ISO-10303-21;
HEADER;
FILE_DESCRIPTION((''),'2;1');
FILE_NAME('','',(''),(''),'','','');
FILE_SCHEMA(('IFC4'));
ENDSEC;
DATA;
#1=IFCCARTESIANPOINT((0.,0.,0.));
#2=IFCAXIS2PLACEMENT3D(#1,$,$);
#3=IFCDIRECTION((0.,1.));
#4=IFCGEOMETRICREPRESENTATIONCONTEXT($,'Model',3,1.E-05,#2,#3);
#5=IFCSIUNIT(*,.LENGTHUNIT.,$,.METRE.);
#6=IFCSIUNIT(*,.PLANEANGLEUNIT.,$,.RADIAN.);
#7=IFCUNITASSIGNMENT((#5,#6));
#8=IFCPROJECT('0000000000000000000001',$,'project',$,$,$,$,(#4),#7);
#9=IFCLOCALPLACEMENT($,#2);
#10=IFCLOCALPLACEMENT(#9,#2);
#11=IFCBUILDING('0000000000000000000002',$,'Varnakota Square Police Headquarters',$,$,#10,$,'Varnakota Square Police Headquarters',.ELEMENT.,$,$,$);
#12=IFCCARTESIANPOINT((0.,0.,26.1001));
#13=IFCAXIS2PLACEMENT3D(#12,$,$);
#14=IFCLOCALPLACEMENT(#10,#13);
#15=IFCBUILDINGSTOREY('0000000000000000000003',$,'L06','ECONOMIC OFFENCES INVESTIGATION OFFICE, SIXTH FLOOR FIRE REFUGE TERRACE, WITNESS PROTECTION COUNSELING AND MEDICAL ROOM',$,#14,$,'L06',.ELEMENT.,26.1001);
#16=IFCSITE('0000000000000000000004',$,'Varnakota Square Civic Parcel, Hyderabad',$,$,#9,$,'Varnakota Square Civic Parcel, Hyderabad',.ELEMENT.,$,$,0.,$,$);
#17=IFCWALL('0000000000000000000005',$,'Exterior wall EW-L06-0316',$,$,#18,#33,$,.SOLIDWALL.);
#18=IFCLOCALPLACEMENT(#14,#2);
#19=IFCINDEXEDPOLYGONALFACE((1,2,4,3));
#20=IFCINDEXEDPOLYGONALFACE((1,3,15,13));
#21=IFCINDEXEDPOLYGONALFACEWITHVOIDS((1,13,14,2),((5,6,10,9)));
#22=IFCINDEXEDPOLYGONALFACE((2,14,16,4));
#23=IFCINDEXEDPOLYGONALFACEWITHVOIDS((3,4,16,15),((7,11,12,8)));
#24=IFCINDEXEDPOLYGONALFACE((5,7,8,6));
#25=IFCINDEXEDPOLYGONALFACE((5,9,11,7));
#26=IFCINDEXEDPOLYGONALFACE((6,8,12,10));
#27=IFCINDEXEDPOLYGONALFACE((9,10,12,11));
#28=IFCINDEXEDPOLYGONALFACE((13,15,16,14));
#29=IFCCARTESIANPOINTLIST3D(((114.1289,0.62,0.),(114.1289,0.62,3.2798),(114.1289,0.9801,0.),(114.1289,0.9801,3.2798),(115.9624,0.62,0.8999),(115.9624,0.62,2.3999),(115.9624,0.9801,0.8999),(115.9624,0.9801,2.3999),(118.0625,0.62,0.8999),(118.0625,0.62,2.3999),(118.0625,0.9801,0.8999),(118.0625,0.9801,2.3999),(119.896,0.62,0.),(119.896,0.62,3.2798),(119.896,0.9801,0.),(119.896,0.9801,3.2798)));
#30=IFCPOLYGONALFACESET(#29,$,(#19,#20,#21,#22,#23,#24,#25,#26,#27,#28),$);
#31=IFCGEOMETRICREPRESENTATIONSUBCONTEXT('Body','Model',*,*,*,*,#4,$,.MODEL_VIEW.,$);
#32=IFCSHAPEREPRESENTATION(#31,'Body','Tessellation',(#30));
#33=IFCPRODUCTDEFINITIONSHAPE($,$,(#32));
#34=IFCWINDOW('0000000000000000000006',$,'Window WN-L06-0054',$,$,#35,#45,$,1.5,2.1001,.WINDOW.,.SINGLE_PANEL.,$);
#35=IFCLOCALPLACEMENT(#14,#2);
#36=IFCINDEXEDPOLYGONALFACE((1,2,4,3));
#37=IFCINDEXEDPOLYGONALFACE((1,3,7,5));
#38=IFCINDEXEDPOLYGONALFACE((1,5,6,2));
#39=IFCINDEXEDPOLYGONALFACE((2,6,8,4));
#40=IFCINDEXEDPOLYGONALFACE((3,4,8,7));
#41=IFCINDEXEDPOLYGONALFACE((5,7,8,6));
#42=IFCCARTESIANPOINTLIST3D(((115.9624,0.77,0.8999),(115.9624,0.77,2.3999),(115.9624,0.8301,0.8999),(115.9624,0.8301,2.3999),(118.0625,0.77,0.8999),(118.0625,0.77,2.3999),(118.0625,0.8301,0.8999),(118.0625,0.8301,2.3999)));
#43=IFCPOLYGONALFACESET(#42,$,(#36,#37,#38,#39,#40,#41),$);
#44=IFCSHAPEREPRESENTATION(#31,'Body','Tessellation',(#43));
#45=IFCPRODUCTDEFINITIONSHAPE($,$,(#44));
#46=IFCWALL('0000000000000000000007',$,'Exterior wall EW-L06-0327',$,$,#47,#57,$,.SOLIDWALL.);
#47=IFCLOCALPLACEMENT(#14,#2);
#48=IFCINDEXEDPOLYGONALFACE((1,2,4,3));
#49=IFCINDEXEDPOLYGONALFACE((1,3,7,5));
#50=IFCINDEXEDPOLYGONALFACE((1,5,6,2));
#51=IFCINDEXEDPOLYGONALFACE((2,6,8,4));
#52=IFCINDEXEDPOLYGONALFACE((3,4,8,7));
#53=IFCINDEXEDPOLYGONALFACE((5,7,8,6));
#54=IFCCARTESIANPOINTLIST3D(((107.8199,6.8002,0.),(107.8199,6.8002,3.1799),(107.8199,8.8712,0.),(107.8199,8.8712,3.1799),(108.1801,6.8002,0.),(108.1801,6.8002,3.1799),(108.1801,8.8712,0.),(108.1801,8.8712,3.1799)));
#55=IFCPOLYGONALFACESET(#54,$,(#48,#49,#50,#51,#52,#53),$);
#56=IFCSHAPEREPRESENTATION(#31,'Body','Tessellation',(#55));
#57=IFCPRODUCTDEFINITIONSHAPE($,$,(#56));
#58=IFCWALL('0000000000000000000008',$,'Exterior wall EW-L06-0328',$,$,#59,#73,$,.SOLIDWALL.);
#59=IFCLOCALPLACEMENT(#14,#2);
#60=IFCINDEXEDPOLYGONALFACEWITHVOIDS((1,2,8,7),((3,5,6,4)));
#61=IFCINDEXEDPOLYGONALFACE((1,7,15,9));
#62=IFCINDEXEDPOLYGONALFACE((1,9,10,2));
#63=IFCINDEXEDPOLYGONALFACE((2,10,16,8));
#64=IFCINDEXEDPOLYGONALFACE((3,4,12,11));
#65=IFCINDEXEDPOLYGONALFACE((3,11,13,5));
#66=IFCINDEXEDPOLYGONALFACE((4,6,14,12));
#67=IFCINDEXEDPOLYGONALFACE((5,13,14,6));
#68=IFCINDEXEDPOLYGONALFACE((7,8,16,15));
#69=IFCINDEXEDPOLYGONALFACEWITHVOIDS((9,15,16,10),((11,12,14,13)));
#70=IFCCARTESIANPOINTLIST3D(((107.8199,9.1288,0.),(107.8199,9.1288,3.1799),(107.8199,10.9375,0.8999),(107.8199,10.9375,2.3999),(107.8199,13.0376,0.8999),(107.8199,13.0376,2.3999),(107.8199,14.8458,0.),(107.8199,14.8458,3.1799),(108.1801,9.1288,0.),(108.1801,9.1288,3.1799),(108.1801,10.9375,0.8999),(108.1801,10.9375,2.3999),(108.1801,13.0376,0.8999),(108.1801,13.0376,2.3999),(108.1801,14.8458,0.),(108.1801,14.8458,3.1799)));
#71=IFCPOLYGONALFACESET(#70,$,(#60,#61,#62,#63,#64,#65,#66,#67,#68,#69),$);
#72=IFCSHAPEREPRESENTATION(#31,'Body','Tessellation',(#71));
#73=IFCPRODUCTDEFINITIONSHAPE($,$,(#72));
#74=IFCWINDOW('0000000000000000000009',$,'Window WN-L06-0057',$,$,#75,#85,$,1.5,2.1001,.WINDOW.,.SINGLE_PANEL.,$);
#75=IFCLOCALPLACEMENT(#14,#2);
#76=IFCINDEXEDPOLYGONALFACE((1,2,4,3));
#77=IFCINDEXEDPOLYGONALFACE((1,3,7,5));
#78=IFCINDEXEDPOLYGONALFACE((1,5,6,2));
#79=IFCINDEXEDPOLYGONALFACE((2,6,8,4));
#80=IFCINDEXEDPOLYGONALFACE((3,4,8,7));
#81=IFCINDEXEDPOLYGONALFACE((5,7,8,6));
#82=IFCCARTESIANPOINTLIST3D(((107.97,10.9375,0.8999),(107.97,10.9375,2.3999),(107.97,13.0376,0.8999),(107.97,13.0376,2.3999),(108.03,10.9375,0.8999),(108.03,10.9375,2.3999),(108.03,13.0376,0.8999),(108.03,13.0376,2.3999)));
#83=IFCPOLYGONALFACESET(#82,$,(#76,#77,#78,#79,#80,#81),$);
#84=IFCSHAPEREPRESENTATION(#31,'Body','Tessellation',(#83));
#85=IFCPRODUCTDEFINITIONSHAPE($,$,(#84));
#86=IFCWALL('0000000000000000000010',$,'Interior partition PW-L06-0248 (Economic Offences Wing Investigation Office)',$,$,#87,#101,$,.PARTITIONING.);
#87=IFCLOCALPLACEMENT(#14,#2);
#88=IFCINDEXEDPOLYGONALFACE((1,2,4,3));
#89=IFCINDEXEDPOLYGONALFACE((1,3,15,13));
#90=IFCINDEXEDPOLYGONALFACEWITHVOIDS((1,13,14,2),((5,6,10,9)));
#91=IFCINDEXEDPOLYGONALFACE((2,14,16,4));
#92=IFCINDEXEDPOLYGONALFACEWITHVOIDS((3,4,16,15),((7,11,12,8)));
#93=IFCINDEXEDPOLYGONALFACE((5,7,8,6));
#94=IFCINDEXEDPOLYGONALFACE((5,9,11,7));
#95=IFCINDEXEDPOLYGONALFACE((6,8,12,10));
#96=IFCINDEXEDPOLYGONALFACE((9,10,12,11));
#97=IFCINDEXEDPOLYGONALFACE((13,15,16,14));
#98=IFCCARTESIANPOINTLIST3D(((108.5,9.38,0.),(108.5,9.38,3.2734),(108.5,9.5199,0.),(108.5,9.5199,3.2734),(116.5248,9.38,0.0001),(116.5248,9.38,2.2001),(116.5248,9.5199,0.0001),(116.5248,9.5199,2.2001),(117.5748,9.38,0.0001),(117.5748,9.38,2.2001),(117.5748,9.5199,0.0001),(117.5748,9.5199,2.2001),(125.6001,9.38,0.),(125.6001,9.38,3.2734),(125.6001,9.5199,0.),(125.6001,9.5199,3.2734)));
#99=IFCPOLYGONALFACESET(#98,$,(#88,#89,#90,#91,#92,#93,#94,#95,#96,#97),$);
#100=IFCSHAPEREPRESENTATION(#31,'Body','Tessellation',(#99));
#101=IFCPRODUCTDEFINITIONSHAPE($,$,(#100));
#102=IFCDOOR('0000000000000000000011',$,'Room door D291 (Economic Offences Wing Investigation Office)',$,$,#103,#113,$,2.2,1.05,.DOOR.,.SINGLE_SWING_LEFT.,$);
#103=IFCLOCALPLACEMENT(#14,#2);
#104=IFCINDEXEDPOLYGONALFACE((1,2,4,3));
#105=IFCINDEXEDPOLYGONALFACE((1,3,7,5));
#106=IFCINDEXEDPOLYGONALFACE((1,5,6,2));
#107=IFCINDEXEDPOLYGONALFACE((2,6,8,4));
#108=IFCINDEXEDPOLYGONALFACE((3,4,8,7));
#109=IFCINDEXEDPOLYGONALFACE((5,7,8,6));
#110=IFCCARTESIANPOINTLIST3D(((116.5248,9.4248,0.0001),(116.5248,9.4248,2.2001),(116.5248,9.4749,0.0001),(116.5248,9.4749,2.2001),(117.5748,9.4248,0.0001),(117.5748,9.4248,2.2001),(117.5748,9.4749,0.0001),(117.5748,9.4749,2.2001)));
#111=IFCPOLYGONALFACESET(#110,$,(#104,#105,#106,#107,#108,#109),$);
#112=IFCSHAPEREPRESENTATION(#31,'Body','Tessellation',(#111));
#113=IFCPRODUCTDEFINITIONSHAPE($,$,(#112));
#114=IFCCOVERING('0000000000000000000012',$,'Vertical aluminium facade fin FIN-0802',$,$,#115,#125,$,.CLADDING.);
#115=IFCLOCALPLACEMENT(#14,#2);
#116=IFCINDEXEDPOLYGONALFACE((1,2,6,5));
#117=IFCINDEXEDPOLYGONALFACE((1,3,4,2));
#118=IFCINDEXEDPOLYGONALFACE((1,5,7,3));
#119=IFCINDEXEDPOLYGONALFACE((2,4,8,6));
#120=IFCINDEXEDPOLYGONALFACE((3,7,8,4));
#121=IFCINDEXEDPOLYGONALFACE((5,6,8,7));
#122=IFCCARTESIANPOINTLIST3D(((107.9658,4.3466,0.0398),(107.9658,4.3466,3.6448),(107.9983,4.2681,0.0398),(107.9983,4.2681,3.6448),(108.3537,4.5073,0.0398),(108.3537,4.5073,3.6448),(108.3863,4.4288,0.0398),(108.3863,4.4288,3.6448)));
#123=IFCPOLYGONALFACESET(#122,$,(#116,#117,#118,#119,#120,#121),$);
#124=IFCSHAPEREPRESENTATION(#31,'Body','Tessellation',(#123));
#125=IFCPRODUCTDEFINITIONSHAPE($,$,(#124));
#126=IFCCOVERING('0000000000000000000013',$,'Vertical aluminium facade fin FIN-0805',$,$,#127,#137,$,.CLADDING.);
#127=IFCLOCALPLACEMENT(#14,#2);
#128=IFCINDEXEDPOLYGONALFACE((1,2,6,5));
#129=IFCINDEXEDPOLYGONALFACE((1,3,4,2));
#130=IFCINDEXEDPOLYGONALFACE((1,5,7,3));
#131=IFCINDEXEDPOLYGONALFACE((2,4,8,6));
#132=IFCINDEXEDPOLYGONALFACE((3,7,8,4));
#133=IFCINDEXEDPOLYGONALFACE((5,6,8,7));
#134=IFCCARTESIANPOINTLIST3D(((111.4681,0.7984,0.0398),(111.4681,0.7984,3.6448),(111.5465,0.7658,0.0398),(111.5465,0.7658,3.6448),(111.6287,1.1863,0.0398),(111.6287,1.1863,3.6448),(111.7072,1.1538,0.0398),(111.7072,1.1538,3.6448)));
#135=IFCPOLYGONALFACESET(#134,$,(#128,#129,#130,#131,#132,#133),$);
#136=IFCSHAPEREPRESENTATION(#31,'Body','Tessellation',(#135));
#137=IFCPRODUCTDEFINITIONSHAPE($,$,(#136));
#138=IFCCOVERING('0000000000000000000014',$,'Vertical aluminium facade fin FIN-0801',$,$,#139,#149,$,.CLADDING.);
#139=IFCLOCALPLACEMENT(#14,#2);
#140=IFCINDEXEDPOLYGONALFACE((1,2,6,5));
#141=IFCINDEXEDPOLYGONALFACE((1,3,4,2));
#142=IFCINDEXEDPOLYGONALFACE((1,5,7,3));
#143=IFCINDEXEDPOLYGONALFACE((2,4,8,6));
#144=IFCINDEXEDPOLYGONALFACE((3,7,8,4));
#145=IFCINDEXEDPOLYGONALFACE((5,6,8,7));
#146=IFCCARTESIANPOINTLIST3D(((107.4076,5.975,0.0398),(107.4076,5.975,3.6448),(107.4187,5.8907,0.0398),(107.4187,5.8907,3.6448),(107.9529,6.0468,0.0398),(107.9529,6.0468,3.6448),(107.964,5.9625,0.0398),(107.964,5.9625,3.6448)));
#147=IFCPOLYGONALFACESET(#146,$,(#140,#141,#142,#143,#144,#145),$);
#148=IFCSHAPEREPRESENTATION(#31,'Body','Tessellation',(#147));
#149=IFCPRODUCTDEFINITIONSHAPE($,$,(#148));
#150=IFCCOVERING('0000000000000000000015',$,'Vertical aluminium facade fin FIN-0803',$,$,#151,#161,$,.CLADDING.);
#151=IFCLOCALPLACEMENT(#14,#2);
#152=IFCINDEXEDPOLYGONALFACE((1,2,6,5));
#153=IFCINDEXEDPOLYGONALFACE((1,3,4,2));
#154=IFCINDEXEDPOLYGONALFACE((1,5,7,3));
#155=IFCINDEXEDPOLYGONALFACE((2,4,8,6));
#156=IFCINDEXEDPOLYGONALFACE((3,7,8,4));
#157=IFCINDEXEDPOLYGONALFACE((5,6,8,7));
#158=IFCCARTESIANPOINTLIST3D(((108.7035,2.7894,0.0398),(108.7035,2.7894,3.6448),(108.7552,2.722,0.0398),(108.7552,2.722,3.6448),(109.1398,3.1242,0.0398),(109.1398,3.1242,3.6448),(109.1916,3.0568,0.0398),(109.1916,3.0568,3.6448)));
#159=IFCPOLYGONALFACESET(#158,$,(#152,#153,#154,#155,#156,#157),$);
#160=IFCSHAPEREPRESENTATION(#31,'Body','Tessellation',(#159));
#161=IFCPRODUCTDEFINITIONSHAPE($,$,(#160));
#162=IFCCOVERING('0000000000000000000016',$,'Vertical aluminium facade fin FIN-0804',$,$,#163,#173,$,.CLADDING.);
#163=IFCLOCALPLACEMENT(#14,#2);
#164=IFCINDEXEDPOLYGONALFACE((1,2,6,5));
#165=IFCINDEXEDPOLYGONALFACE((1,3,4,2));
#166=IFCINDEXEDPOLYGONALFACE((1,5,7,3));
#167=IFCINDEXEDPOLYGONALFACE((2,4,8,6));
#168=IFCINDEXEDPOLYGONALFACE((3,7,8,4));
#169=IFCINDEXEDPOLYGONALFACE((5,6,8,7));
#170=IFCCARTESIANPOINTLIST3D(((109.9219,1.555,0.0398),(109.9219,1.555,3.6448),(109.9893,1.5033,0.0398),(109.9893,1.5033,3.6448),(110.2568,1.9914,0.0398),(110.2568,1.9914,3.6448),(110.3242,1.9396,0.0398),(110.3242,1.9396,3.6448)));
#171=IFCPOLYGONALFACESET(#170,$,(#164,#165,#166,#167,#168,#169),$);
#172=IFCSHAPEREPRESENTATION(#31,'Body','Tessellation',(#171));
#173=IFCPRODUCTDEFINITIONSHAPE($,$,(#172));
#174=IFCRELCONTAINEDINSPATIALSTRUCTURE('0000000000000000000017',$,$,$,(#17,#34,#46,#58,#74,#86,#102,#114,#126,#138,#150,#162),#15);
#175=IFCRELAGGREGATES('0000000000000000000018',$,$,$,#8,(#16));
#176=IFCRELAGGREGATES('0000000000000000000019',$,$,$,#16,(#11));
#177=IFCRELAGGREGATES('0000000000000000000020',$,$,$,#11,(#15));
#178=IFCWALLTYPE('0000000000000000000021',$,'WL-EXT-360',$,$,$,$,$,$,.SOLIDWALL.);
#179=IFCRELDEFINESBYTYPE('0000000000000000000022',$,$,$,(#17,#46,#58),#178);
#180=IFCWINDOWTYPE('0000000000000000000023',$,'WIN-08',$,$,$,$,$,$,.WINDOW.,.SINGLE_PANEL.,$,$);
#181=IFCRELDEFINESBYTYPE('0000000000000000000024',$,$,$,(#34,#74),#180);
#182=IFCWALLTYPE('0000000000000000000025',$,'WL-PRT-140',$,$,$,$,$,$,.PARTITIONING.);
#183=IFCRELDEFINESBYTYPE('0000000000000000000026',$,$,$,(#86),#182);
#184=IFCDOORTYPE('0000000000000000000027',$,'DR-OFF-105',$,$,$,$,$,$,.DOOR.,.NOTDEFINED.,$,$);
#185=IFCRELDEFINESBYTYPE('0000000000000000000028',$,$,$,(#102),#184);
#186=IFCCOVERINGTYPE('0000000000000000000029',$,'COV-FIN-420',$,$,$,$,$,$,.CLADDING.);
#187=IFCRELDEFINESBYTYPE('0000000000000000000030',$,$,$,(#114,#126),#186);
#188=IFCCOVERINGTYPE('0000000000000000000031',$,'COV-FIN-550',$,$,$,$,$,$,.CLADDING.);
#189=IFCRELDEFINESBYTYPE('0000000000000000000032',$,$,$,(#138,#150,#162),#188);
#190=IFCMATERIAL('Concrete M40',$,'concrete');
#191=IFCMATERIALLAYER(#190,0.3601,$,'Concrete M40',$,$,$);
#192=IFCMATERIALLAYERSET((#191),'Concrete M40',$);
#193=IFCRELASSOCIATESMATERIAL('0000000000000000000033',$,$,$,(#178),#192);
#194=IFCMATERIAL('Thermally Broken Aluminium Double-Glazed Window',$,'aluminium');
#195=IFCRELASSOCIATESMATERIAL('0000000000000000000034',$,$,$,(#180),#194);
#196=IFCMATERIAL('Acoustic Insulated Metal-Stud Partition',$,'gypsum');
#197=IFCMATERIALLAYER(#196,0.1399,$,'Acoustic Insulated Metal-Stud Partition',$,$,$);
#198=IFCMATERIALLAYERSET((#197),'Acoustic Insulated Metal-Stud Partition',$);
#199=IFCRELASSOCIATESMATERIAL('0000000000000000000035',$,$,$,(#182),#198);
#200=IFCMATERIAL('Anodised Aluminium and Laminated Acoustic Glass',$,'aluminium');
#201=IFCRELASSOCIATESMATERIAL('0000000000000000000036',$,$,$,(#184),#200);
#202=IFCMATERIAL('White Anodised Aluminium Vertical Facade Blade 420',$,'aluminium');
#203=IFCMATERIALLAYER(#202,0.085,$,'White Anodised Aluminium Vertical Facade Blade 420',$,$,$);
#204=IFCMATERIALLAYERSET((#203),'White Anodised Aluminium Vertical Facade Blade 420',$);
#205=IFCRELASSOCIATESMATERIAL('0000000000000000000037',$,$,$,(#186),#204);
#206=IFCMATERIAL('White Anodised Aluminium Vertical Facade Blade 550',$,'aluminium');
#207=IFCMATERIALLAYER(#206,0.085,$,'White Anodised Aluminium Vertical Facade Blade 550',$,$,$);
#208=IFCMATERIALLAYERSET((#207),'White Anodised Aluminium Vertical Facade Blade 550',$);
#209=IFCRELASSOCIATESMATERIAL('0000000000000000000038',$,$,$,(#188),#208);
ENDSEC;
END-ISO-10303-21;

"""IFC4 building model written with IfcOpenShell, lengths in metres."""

from ifc_helpers import new_model, si_unit, direction, frame, frame_2d, origin, origin_2d, place, context, subcontext, project, spatial, rectangle, extrude, material, layer, layer_set, type_object, element, fill, save


model = new_model("IFC4")

# Units and contexts
model_context = context("Model", 3, precision=1e-05, world=origin(), true_north=direction((0.0, 1.0)))
body_context = subcontext(model_context, "Body", "Model", "MODEL_VIEW")
ifc_project = project(units=[si_unit("LENGTHUNIT", "METRE"), si_unit("PLANEANGLEUNIT", "RADIAN")], contexts=[model_context])

# Site, building, storey
site_placement = place(None, origin())
site = spatial("IfcSite", under=ifc_project, at=site_placement, Name="Varnakota Square Civic Parcel, Hyderabad", LongName="Varnakota Square Civic Parcel, Hyderabad", CompositionType="ELEMENT", RefElevation=0.0)
building_placement = place(site_placement, origin())
building = spatial("IfcBuilding", under=site, at=building_placement, Name="Varnakota Square Police Headquarters", LongName="Varnakota Square Police Headquarters", CompositionType="ELEMENT")
storey_placement = place(building_placement, frame((0.0, 0.0, 26.1001)))
storey = spatial("IfcBuildingStorey", under=building, at=storey_placement, Name="L06", Description="ECONOMIC OFFENCES INVESTIGATION OFFICE, SIXTH FLOOR FIRE REFUGE TERRACE, WITNESS PROTECTION COUNSELING AND MEDICAL ROOM", LongName="L06", CompositionType="ELEMENT", Elevation=26.1001)

# Wall, opening, window
ifc_material_1 = material(Name="Concrete M40", Category="concrete")
ifc_layer_1 = layer(ifc_material_1, 0.3601, Name="Concrete M40")
ifc_layer_set_1 = layer_set([ifc_layer_1], Name="Concrete M40")
wall_type_1 = type_object("IfcWallType", Name="WL-EXT-360", PredefinedType="SOLIDWALL", material=ifc_layer_set_1)
wall_1_placement = place(storey_placement, frame((114.1289, 0.8, 0.0), z_axis=(0.0, 0.0, 1.0), x_axis=(1.0, 0.0, 0.0)))
wall_1 = element("IfcWall", 1, at=wall_1_placement, inside=storey, type_object=wall_type_1, Name="Exterior wall EW-L06-0316", PredefinedType="SOLIDWALL", context=body_context, shape_type="SweptSolid", body=[
    extrude(rectangle(XDim=5.7671, YDim=0.3601, at=frame_2d((2.8835, 0.0))), origin(), (0.0, 0.0, 1.0), 3.2798),
])
opening_1_placement = place(wall_1_placement, frame((1.8335, 0.0, 0.8999)))
opening_1 = element("IfcOpeningElement", 2, at=opening_1_placement, cuts=wall_1, PredefinedType="OPENING", context=body_context, shape_type="SweptSolid", body=[
    extrude(rectangle(XDim=2.1001, YDim=1.5, at=frame_2d((1.05, 0.75))), frame((0.0, 0.1899, 0.0), z_axis=(0.0, -1.0, 0.0), x_axis=(1.0, 0.0, 0.0)), (0.0, 0.0, 1.0), 0.3801),
])
ifc_material_2 = material(Name="Thermally Broken Aluminium Double-Glazed Window", Category="aluminium")
window_type = type_object("IfcWindowType", Name="WIN-08", PartitioningType="SINGLE_PANEL", PredefinedType="WINDOW", material=ifc_material_2)
window_1_placement = place(opening_1_placement, origin())
window_1 = element("IfcWindow", 3, at=window_1_placement, inside=storey, type_object=window_type, Name="Window WN-L06-0054", OverallHeight=1.5, OverallWidth=2.1001, PartitioningType="SINGLE_PANEL", PredefinedType="WINDOW", context=body_context, shape_type="SweptSolid", body=[
    extrude(rectangle(XDim=2.1001, YDim=1.5, at=frame_2d((1.05, 0.75))), frame((0.0, 0.03, 0.0), z_axis=(0.0, -1.0, 0.0), x_axis=(1.0, 0.0, 0.0)), (0.0, 0.0, 1.0), 0.0601),
])
fill(opening_1, window_1)

# Wall
wall_2_placement = place(storey_placement, frame((108.0, 6.8, 0.0), z_axis=(0.0, 0.0, 1.0), x_axis=(0.0, 1.0, 0.0)))
element("IfcWall", 4, at=wall_2_placement, inside=storey, type_object=wall_type_1, Name="Exterior wall EW-L06-0327", PredefinedType="SOLIDWALL", context=body_context, shape_type="SweptSolid", body=[
    extrude(rectangle(XDim=2.071, YDim=0.3601, at=frame_2d((1.0356, 0.0))), origin(), (0.0, 0.0, 1.0), 3.1799),
])

# Wall, opening, window
wall_3_placement = place(storey_placement, frame((108.0, 9.1289, 0.0), z_axis=(0.0, 0.0, 1.0), x_axis=(0.0, 1.0, 0.0)))
wall_3 = element("IfcWall", 5, at=wall_3_placement, inside=storey, type_object=wall_type_1, Name="Exterior wall EW-L06-0328", PredefinedType="SOLIDWALL", context=body_context, shape_type="SweptSolid", body=[
    extrude(rectangle(XDim=5.717, YDim=0.3601, at=frame_2d((2.8584, 0.0))), origin(), (0.0, 0.0, 1.0), 3.1799),
])
opening_2_placement = place(wall_3_placement, frame((1.8086, 0.0, 0.8999)))
opening_2 = element("IfcOpeningElement", 6, at=opening_2_placement, cuts=wall_3, PredefinedType="OPENING", context=body_context, shape_type="SweptSolid", body=[
    extrude(rectangle(XDim=2.1001, YDim=1.5, at=frame_2d((1.05, 0.75))), frame((0.0, 0.1899, 0.0), z_axis=(0.0, -1.0, 0.0), x_axis=(1.0, 0.0, 0.0)), (0.0, 0.0, 1.0), 0.3801),
])
window_2_placement = place(opening_2_placement, origin())
window_2 = element("IfcWindow", 7, at=window_2_placement, inside=storey, type_object=window_type, Name="Window WN-L06-0057", OverallHeight=1.5, OverallWidth=2.1001, PartitioningType="SINGLE_PANEL", PredefinedType="WINDOW", context=body_context, shape_type="SweptSolid", body=[
    extrude(rectangle(XDim=2.1001, YDim=1.5, at=frame_2d((1.05, 0.75))), frame((0.0, 0.03, 0.0), z_axis=(0.0, -1.0, 0.0), x_axis=(1.0, 0.0, 0.0)), (0.0, 0.0, 1.0), 0.0601),
])
fill(opening_2, window_2)

# Wall, opening, door
ifc_material_3 = material(Name="Acoustic Insulated Metal-Stud Partition", Category="gypsum")
ifc_layer_2 = layer(ifc_material_3, 0.1399, Name="Acoustic Insulated Metal-Stud Partition")
ifc_layer_set_2 = layer_set([ifc_layer_2], Name="Acoustic Insulated Metal-Stud Partition")
wall_type_2 = type_object("IfcWallType", Name="WL-PRT-140", PredefinedType="PARTITIONING", material=ifc_layer_set_2)
wall_4_placement = place(storey_placement, frame((108.5, 9.45, 0.0), z_axis=(0.0, 0.0, 1.0), x_axis=(1.0, 0.0, 0.0)))
wall_4 = element("IfcWall", 8, at=wall_4_placement, inside=storey, type_object=wall_type_2, Name="Interior partition PW-L06-0248 (Economic Offences Wing Investigation Office)", PredefinedType="PARTITIONING", context=body_context, shape_type="SweptSolid", body=[
    extrude(rectangle(XDim=17.1001, YDim=0.1399, at=frame_2d((8.55, 0.0))), origin(), (0.0, 0.0, 1.0), 3.2734),
])
opening_3_placement = place(wall_4_placement, frame((8.0249, 0.0, 0.0)))
opening_3 = element("IfcOpeningElement", 9, at=opening_3_placement, cuts=wall_4, PredefinedType="OPENING", context=body_context, shape_type="SweptSolid", body=[
    extrude(rectangle(XDim=1.05, YDim=2.2, at=frame_2d((0.5249, 1.1001))), frame((0.0, 0.0798, 0.0), z_axis=(0.0, -1.0, 0.0), x_axis=(1.0, 0.0, 0.0)), (0.0, 0.0, 1.0), 0.1599),
])
ifc_material_4 = material(Name="Anodised Aluminium and Laminated Acoustic Glass", Category="aluminium")
door_type = type_object("IfcDoorType", Name="DR-OFF-105", OperationType="NOTDEFINED", PredefinedType="DOOR", material=ifc_material_4)
door_placement = place(opening_3_placement, origin())
door = element("IfcDoor", 10, at=door_placement, inside=storey, type_object=door_type, Name="Room door D291 (Economic Offences Wing Investigation Office)", OperationType="SINGLE_SWING_LEFT", OverallHeight=2.2, OverallWidth=1.05, PredefinedType="DOOR", context=body_context, shape_type="SweptSolid", body=[
    extrude(rectangle(XDim=1.05, YDim=2.2, at=frame_2d((0.5249, 1.1001))), frame((0.0, 0.0249, 0.0), z_axis=(0.0, -1.0, 0.0), x_axis=(1.0, 0.0, 0.0)), (0.0, 0.0, 1.0), 0.05),
])
fill(opening_3, door)

# Coverings
ifc_material_5 = material(Name="White Anodised Aluminium Vertical Facade Blade 420", Category="aluminium")
ifc_layer_3 = layer(ifc_material_5, 0.085, Name="White Anodised Aluminium Vertical Facade Blade 420")
ifc_layer_set_3 = layer_set([ifc_layer_3], Name="White Anodised Aluminium Vertical Facade Blade 420")
covering_type_1 = type_object("IfcCoveringType", Name="COV-FIN-420", PredefinedType="CLADDING", material=ifc_layer_set_3)
for number, where, z_axis, x_axis, name in (
    (11, (108.176, 4.3877, 0.0398), (0.0, 0.0, 1.0), (0.382683, -0.92388, 0.0), "Vertical aluminium facade fin FIN-0802"),
    (12, (111.5876, 0.9761, 0.0398), (0.0, 0.0, 1.0), (0.92388, -0.382683, 0.0), "Vertical aluminium facade fin FIN-0805"),
):
    element("IfcCovering", number, at=place(storey_placement, frame(where, z_axis=z_axis, x_axis=x_axis)), inside=storey, type_object=covering_type_1, Name=name, PredefinedType="CLADDING", context=body_context, shape_type="SweptSolid", body=[
        extrude(rectangle(XDim=0.085, YDim=0.4199, at=origin_2d()), origin(), (0.0, 0.0, 1.0), 3.605),
    ])
ifc_material_6 = material(Name="White Anodised Aluminium Vertical Facade Blade 550", Category="aluminium")
ifc_layer_4 = layer(ifc_material_6, 0.085, Name="White Anodised Aluminium Vertical Facade Blade 550")
ifc_layer_set_4 = layer_set([ifc_layer_4], Name="White Anodised Aluminium Vertical Facade Blade 550")
covering_type_2 = type_object("IfcCoveringType", Name="COV-FIN-550", PredefinedType="CLADDING", material=ifc_layer_set_4)
for number, where, z_axis, x_axis, name in (
    (13, (107.6858, 5.9688, 0.0398), (0.0, 0.0, 1.0), (0.130526, -0.991445, 0.0), "Vertical aluminium facade fin FIN-0801"),
    (14, (108.9475, 2.9231, 0.0398), (0.0, 0.0, 1.0), (0.608761, -0.793353, 0.0), "Vertical aluminium facade fin FIN-0803"),
    (15, (110.123, 1.7473, 0.0398), (0.0, 0.0, 1.0), (0.793353, -0.608761, 0.0), "Vertical aluminium facade fin FIN-0804"),
):
    element("IfcCovering", number, at=place(storey_placement, frame(where, z_axis=z_axis, x_axis=x_axis)), inside=storey, type_object=covering_type_2, Name=name, PredefinedType="CLADDING", context=body_context, shape_type="SweptSolid", body=[
        extrude(rectangle(XDim=0.085, YDim=0.55, at=origin_2d()), origin(), (0.0, 0.0, 1.0), 3.605),
    ])

save(model, "model.ifc")
